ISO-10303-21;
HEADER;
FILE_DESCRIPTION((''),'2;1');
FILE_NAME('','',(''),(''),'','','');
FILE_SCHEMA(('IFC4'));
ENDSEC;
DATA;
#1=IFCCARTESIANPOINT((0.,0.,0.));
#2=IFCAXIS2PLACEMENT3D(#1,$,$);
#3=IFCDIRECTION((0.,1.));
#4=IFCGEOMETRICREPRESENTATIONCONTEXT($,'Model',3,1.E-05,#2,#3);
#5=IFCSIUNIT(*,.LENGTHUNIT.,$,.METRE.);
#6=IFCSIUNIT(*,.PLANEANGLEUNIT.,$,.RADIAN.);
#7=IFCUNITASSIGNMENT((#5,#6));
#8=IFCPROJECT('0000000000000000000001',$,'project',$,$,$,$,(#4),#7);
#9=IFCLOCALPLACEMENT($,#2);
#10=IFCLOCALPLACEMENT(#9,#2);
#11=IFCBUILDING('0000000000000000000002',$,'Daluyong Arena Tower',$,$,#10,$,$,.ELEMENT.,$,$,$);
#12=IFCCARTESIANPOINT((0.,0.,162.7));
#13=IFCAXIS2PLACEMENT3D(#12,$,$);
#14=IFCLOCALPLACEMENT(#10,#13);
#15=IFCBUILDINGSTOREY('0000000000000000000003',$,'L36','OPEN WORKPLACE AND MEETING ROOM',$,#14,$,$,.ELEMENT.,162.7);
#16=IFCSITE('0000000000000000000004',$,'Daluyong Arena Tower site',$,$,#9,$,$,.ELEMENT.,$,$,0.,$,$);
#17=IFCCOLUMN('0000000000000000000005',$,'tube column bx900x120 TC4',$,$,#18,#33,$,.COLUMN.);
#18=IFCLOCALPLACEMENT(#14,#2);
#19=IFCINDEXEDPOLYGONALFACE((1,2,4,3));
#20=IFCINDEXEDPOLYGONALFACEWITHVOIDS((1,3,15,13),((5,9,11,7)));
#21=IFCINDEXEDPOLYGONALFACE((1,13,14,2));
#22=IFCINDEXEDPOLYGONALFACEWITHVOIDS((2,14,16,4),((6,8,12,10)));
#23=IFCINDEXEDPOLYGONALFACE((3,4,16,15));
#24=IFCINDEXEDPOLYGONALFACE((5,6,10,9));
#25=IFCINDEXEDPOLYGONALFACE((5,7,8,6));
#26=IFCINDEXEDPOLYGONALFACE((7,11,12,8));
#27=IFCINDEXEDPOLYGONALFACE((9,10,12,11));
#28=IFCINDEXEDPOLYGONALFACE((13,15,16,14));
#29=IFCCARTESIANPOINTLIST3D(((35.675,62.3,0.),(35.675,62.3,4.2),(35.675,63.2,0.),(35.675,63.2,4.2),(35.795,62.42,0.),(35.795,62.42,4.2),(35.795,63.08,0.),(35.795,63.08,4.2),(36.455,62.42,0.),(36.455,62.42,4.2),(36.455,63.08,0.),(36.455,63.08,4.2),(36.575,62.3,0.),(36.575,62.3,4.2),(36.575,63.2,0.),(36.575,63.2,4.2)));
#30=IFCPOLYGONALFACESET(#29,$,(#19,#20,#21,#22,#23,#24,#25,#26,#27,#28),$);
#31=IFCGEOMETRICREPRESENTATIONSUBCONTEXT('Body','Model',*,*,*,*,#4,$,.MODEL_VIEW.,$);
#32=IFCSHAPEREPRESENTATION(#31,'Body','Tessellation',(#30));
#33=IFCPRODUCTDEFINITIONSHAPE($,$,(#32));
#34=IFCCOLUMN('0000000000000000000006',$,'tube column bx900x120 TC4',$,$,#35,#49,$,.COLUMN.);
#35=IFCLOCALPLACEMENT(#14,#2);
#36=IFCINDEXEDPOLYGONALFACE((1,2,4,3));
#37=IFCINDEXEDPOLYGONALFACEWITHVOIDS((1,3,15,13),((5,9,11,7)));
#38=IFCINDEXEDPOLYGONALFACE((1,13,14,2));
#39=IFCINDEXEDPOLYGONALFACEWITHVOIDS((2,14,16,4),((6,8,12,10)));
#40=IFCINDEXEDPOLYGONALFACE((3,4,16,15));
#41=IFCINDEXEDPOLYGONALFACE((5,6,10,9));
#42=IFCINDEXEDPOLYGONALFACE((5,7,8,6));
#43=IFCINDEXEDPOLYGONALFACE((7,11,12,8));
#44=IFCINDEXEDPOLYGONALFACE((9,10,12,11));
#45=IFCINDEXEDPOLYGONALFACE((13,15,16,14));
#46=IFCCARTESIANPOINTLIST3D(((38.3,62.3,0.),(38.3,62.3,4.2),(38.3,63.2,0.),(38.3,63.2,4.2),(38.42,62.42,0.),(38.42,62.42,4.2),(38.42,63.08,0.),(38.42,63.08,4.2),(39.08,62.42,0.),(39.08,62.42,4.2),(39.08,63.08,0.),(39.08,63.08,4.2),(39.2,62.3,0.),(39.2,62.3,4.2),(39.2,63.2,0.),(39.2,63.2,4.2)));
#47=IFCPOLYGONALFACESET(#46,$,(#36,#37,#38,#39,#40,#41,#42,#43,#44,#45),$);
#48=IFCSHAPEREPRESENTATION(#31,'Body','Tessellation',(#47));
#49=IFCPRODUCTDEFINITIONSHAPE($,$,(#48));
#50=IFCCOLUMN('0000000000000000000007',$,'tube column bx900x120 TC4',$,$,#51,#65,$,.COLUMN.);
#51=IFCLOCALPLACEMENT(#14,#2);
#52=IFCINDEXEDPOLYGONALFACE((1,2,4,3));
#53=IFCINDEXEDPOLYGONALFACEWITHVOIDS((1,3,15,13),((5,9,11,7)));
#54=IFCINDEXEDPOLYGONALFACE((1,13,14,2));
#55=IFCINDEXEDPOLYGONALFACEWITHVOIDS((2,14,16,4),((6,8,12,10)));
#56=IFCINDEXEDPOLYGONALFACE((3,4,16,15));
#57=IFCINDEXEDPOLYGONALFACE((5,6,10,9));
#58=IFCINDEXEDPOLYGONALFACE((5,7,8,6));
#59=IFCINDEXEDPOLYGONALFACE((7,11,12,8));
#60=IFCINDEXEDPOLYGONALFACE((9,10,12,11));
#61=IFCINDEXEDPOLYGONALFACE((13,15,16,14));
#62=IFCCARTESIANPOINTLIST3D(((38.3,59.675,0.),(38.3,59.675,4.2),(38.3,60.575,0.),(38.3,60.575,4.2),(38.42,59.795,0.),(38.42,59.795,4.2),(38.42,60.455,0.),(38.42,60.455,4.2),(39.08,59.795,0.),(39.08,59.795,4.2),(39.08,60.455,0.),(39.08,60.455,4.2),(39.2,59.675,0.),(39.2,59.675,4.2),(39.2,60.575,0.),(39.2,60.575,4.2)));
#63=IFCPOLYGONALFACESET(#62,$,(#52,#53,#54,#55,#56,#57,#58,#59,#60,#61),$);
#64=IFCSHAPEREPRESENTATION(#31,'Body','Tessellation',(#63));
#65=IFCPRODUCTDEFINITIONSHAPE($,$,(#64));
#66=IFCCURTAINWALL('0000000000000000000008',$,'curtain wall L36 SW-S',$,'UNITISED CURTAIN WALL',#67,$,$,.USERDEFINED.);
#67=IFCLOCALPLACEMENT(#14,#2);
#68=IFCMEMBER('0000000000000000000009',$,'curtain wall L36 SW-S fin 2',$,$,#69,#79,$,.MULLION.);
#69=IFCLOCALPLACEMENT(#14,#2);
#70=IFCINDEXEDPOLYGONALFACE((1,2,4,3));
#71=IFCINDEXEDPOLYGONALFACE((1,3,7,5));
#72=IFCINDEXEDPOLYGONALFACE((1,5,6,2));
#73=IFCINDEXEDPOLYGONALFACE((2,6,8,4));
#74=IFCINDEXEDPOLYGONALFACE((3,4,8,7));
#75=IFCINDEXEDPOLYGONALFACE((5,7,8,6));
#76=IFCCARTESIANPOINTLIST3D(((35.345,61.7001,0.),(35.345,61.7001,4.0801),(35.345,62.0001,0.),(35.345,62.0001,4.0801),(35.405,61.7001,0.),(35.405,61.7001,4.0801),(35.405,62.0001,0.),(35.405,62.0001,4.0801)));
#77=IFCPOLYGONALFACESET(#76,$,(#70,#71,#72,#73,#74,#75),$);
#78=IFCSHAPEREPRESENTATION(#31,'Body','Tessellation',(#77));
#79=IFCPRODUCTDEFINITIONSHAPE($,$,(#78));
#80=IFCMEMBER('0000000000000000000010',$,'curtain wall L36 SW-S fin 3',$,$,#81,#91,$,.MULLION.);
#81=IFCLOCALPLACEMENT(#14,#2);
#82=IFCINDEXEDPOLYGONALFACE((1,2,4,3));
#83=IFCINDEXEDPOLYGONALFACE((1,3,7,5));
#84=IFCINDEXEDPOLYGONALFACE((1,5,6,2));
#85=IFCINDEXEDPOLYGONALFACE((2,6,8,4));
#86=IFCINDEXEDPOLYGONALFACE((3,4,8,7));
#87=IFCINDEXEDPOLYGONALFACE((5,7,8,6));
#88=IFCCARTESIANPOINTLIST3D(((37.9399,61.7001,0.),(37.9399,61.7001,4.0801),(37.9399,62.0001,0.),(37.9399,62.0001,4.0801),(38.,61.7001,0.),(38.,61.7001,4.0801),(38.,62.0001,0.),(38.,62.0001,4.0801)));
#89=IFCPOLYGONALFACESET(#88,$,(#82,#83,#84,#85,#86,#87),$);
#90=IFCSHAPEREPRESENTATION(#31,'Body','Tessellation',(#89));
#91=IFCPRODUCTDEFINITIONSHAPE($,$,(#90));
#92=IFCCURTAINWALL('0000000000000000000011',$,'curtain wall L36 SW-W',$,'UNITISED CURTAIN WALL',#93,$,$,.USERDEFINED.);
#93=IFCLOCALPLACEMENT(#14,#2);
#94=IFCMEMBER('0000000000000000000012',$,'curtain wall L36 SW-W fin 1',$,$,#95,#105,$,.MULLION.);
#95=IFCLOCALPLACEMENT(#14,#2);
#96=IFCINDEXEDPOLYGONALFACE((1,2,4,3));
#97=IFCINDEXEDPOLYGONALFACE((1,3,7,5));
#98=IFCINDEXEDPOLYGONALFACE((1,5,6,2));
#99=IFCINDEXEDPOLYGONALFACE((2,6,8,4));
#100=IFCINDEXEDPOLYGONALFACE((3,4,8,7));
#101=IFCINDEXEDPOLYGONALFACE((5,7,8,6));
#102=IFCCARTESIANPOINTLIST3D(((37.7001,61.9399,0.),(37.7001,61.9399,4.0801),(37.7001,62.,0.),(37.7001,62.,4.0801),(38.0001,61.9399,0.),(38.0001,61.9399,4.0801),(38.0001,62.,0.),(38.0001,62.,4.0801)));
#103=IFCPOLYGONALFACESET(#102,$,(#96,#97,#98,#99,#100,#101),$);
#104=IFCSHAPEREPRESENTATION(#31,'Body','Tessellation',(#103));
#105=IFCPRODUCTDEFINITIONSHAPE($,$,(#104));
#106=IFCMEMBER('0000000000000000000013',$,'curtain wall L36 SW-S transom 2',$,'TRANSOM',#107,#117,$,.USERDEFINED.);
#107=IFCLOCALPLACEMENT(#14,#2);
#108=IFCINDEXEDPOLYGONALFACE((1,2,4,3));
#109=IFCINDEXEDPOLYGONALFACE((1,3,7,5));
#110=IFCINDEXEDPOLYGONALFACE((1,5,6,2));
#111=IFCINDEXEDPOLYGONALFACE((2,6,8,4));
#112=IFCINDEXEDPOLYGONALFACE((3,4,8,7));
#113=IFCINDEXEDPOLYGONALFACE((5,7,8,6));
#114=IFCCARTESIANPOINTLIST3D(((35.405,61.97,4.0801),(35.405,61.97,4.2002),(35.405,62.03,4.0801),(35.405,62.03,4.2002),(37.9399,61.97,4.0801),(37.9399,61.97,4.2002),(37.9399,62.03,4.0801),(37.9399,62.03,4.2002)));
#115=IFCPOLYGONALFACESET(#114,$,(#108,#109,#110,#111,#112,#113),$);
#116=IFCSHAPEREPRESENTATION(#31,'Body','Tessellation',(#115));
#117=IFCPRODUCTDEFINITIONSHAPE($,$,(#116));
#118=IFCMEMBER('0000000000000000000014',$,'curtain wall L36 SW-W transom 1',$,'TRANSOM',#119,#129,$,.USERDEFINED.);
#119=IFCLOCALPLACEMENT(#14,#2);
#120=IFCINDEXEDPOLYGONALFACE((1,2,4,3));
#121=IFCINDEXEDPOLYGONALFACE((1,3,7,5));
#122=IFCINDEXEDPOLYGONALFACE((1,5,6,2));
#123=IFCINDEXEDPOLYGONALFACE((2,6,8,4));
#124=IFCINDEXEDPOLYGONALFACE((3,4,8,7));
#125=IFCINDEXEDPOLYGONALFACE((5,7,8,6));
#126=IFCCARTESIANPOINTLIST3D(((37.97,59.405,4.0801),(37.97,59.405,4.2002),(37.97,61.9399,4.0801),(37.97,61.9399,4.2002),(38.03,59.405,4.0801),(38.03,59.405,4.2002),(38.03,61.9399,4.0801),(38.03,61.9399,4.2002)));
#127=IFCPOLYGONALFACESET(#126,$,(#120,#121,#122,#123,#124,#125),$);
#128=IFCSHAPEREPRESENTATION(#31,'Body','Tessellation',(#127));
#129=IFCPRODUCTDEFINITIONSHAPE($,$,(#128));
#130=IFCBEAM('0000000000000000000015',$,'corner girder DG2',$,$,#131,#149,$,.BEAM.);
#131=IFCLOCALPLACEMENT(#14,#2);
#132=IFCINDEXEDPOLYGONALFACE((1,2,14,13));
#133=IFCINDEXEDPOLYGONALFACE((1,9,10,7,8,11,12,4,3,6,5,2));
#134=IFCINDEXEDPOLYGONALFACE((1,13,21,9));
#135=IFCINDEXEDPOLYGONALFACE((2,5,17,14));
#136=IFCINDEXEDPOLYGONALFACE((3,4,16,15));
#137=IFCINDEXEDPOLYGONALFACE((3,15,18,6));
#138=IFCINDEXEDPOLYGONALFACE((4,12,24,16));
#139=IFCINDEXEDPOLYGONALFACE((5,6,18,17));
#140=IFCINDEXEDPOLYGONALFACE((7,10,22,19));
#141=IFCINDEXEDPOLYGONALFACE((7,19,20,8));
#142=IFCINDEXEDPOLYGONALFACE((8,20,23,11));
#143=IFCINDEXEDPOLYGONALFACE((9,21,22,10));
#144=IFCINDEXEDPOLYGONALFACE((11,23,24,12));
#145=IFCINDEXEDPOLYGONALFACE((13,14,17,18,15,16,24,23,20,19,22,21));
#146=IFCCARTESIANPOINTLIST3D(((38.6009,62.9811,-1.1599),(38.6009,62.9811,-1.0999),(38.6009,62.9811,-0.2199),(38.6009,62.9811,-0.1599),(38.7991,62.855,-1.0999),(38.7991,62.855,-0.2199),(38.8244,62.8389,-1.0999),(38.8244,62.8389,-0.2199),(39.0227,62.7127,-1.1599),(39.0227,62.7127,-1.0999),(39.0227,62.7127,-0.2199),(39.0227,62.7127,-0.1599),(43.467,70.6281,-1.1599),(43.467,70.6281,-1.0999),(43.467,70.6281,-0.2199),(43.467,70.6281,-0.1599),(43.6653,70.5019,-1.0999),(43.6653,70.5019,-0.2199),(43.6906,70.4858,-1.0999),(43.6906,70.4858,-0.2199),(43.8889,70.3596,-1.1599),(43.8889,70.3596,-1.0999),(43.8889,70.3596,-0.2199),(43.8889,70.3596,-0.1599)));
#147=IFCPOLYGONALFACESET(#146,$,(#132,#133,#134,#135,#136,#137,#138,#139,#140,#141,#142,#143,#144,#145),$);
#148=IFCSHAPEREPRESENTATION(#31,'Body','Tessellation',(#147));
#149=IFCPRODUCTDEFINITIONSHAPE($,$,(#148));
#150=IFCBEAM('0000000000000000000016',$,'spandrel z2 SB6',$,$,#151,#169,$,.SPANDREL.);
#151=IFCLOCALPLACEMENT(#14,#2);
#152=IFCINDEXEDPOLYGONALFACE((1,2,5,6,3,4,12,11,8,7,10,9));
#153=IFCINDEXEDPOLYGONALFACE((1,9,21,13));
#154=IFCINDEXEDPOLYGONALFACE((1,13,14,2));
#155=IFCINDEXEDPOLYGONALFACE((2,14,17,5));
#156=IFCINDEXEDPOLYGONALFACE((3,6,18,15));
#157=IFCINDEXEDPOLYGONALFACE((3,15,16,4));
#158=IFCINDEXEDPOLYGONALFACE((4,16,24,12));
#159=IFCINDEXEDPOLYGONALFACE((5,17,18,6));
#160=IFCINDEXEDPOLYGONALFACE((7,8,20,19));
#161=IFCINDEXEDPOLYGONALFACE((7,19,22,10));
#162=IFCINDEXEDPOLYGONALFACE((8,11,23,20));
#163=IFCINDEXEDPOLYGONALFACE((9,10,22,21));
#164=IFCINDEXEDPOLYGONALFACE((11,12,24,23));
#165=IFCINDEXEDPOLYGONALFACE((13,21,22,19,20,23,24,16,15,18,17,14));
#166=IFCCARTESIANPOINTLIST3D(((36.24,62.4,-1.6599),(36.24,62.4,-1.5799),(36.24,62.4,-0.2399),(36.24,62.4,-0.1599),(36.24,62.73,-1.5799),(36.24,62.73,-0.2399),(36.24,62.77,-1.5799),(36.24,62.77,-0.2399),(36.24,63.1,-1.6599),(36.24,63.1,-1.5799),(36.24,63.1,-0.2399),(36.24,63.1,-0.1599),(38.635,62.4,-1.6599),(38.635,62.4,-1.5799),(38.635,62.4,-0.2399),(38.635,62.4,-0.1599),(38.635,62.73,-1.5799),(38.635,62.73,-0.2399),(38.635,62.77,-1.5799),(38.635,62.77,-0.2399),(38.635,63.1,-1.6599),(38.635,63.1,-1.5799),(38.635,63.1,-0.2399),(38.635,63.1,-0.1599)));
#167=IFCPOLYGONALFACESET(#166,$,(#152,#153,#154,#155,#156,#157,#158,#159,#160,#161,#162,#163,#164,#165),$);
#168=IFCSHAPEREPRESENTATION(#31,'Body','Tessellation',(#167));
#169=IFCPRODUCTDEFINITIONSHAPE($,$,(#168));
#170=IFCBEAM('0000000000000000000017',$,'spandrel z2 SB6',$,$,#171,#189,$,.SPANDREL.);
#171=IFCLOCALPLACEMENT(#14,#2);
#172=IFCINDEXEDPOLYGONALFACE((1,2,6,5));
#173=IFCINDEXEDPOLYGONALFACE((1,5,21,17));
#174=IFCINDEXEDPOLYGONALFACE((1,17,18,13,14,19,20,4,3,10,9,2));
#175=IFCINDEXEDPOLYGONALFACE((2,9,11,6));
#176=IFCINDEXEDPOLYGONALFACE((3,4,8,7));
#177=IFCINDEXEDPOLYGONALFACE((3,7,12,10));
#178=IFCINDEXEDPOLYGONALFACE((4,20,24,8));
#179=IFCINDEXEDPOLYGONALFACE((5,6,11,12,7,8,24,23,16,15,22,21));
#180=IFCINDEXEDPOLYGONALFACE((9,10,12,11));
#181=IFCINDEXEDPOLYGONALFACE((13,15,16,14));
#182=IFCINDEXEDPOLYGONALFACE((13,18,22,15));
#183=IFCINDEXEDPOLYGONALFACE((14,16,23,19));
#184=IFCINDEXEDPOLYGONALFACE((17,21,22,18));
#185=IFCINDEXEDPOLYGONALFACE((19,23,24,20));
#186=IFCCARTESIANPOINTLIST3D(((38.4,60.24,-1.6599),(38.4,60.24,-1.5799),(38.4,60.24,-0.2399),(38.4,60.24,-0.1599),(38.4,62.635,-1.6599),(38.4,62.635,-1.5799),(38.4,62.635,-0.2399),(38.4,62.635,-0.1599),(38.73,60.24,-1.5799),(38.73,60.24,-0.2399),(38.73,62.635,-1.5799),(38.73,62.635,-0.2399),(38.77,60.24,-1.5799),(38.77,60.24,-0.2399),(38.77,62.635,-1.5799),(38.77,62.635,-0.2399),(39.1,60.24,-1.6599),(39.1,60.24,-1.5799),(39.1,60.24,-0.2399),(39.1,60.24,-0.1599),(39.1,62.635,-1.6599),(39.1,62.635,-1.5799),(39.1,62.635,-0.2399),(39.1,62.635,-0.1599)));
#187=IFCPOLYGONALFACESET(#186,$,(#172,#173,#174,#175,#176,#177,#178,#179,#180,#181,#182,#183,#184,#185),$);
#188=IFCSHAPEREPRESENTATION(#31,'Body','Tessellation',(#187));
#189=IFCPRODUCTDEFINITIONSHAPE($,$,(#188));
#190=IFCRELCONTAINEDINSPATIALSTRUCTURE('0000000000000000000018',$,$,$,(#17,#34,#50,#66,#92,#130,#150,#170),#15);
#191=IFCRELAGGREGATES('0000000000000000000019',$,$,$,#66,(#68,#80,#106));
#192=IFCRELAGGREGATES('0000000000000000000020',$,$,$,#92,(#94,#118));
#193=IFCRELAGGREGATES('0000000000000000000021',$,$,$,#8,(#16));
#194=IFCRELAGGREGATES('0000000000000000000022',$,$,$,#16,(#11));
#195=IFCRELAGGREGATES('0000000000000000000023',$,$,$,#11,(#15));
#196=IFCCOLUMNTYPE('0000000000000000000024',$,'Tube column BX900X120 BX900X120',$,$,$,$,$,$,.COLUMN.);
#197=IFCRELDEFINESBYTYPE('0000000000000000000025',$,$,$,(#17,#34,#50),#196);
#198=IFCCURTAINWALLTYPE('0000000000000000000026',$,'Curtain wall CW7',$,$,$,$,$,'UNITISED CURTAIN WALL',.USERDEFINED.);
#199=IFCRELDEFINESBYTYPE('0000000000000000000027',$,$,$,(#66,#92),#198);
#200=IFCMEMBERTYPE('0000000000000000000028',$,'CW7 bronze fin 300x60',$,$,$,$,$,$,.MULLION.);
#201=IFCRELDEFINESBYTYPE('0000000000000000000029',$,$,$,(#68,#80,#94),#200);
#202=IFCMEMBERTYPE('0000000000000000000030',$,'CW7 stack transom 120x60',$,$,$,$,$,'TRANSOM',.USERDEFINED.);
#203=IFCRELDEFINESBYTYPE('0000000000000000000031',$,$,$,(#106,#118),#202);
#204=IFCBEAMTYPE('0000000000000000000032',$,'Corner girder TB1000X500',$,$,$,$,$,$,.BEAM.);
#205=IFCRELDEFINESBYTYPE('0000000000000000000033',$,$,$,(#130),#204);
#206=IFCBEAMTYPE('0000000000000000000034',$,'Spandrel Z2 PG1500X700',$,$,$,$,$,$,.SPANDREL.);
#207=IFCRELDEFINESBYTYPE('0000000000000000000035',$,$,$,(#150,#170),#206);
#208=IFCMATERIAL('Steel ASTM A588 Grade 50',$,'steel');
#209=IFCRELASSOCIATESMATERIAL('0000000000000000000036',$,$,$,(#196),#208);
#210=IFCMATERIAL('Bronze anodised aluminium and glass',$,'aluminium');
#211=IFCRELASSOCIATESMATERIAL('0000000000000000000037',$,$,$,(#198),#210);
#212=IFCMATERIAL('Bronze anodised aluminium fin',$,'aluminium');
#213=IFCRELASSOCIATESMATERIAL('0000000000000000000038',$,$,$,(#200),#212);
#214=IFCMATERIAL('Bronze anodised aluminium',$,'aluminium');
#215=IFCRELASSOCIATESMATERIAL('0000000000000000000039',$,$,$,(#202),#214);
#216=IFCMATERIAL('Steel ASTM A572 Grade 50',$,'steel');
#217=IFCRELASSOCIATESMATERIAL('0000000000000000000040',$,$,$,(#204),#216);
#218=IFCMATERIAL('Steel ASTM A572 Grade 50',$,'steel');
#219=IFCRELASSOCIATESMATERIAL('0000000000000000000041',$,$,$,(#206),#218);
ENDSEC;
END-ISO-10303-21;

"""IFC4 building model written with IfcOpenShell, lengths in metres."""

from ifc_helpers import new_model, si_unit, direction, frame, origin, origin_2d, place, context, subcontext, project, spatial, rectangle, hollow_rectangle, i_section, extrude, material, material_profile, profile_set, type_object, element, aggregate, save


model = new_model("IFC4")

# Units and contexts
model_context = context("Model", 3, precision=1e-05, world=origin(), true_north=direction((0.0, 1.0)))
body_context = subcontext(model_context, "Body", "Model", "MODEL_VIEW")
ifc_project = project(units=[si_unit("LENGTHUNIT", "METRE"), si_unit("PLANEANGLEUNIT", "RADIAN")], contexts=[model_context])

# Site, building, storey
site_placement = place(None, origin())
site = spatial("IfcSite", under=ifc_project, at=site_placement, Name="Daluyong Arena Tower site", CompositionType="ELEMENT", RefElevation=0.0)
building_placement = place(site_placement, origin())
building = spatial("IfcBuilding", under=site, at=building_placement, Name="Daluyong Arena Tower", CompositionType="ELEMENT")
storey_placement = place(building_placement, frame((0.0, 0.0, 162.7)))
storey = spatial("IfcBuildingStorey", under=building, at=storey_placement, Name="L36", Description="OPEN WORKPLACE AND MEETING ROOM", CompositionType="ELEMENT", Elevation=162.7)

# Columns
ifc_material_1 = material(Name="Steel ASTM A588 Grade 50", Category="steel")
ifc_material_profile_1 = material_profile(ifc_material_1, hollow_rectangle(XDim=0.8999, YDim=0.8999, WallThickness=0.12, at=origin_2d()))
ifc_profile_set_1 = profile_set([ifc_material_profile_1], Name="Steel ASTM A588 Grade 50")
column_type = type_object("IfcColumnType", Name="Tube column BX900X120 BX900X120", PredefinedType="COLUMN", material=ifc_profile_set_1)
for number, where, z_axis, x_axis, name in (
    (1, (36.125, 62.75, 0.0), (0.0, 0.0, 1.0), (1.0, 0.0, 0.0), "tube column bx900x120 TC4"),
    (2, (38.75, 62.75, 0.0), (0.0, 0.0, 1.0), (0.0, 1.0, 0.0), "tube column bx900x120 TC4"),
    (3, (38.75, 60.125, 0.0), (0.0, 0.0, 1.0), (0.0, 1.0, 0.0), "tube column bx900x120 TC4"),
):
    element("IfcColumn", number, at=place(storey_placement, frame(where, z_axis=z_axis, x_axis=x_axis)), inside=storey, type_object=column_type, Name=name, PredefinedType="COLUMN", context=body_context, shape_type="SweptSolid", body=[
        extrude(hollow_rectangle(XDim=0.8999, YDim=0.8999, WallThickness=0.12, at=origin_2d()), origin(), (0.0, 0.0, 1.0), 4.2),
    ])

# Curtain wall, members
ifc_material_2 = material(Name="Bronze anodised aluminium and glass", Category="aluminium")
curtain_wall_type = type_object("IfcCurtainWallType", Name="Curtain wall CW7", ElementType="UNITISED CURTAIN WALL", PredefinedType="USERDEFINED", material=ifc_material_2)
curtain_wall_1_placement = place(storey_placement, origin())
curtain_wall_1 = element("IfcCurtainWall", 4, at=curtain_wall_1_placement, inside=storey, type_object=curtain_wall_type, Name="curtain wall L36 SW-S", ObjectType="UNITISED CURTAIN WALL", PredefinedType="USERDEFINED")
ifc_material_3 = material(Name="Bronze anodised aluminium fin", Category="aluminium")
ifc_material_profile_2 = material_profile(ifc_material_3, rectangle(XDim=0.3, YDim=0.0601, at=origin_2d()))
ifc_profile_set_2 = profile_set([ifc_material_profile_2], Name="Bronze anodised aluminium fin")
member_type_1 = type_object("IfcMemberType", Name="CW7 bronze fin 300x60", PredefinedType="MULLION", material=ifc_profile_set_2)
member_1_placement = place(storey_placement, frame((35.375, 61.8501, 0.0), z_axis=(0.0, 0.0, 1.0), x_axis=(0.0, 1.0, 0.0)))
member_1 = element("IfcMember", 5, at=member_1_placement, type_object=member_type_1, Name="curtain wall L36 SW-S fin 2", PredefinedType="MULLION", context=body_context, shape_type="SweptSolid", body=[
    extrude(rectangle(XDim=0.3, YDim=0.0601, at=origin_2d()), origin(), (0.0, 0.0, 1.0), 4.0801),
])
member_2_placement = place(storey_placement, frame((37.97, 61.8501, 0.0), z_axis=(0.0, 0.0, 1.0), x_axis=(0.0, 1.0, 0.0)))
member_2 = element("IfcMember", 6, at=member_2_placement, type_object=member_type_1, Name="curtain wall L36 SW-S fin 3", PredefinedType="MULLION", context=body_context, shape_type="SweptSolid", body=[
    extrude(rectangle(XDim=0.3, YDim=0.0601, at=origin_2d()), origin(), (0.0, 0.0, 1.0), 4.0801),
])

# Curtain wall, member
curtain_wall_2_placement = place(storey_placement, origin())
curtain_wall_2 = element("IfcCurtainWall", 7, at=curtain_wall_2_placement, inside=storey, type_object=curtain_wall_type, Name="curtain wall L36 SW-W", ObjectType="UNITISED CURTAIN WALL", PredefinedType="USERDEFINED")
member_3_placement = place(storey_placement, frame((37.8501, 61.97, 0.0), z_axis=(0.0, 0.0, 1.0), x_axis=(1.0, 0.0, 0.0)))
member_3 = element("IfcMember", 8, at=member_3_placement, type_object=member_type_1, Name="curtain wall L36 SW-W fin 1", PredefinedType="MULLION", context=body_context, shape_type="SweptSolid", body=[
    extrude(rectangle(XDim=0.3, YDim=0.0601, at=origin_2d()), origin(), (0.0, 0.0, 1.0), 4.0801),
])

# Members
ifc_material_4 = material(Name="Bronze anodised aluminium", Category="aluminium")
ifc_material_profile_3 = material_profile(ifc_material_4, rectangle(XDim=0.0601, YDim=0.1201, at=origin_2d()))
ifc_profile_set_3 = profile_set([ifc_material_profile_3], Name="Bronze anodised aluminium")
member_type_2 = type_object("IfcMemberType", Name="CW7 stack transom 120x60", ElementType="TRANSOM", PredefinedType="USERDEFINED", material=ifc_profile_set_3)
member_4_placement = place(storey_placement, frame((35.405, 62.0, 4.1401), z_axis=(1.0, 0.0, 0.0), x_axis=(0.0, 1.0, 0.0)))
member_4 = element("IfcMember", 9, at=member_4_placement, type_object=member_type_2, Name="curtain wall L36 SW-S transom 2", ObjectType="TRANSOM", PredefinedType="USERDEFINED", context=body_context, shape_type="SweptSolid", body=[
    extrude(rectangle(XDim=0.0601, YDim=0.1201, at=origin_2d()), origin(), (0.0, 0.0, 1.0), 2.5349),
])
member_5_placement = place(storey_placement, frame((38.0, 61.9399, 4.1401), z_axis=(0.0, -1.0, 0.0), x_axis=(1.0, 0.0, 0.0)))
member_5 = element("IfcMember", 10, at=member_5_placement, type_object=member_type_2, Name="curtain wall L36 SW-W transom 1", ObjectType="TRANSOM", PredefinedType="USERDEFINED", context=body_context, shape_type="SweptSolid", body=[
    extrude(rectangle(XDim=0.0601, YDim=0.1201, at=origin_2d()), origin(), (0.0, 0.0, 1.0), 2.5349),
])

# Beams
ifc_material_5 = material(Name="Steel ASTM A572 Grade 50", Category="steel")
ifc_material_profile_4 = material_profile(ifc_material_5, i_section(OverallWidth=0.5, OverallDepth=1.0, WebThickness=0.03, FlangeThickness=0.06, at=origin_2d()))
ifc_profile_set_4 = profile_set([ifc_material_profile_4], Name="Steel ASTM A572 Grade 50")
beam_type_1 = type_object("IfcBeamType", Name="Corner girder TB1000X500", PredefinedType="BEAM", material=ifc_profile_set_4)
beam_placement = place(storey_placement, frame((38.8118, 62.8469, -0.6599), z_axis=(0.536872, 0.843664, 0.0), x_axis=(-0.843664, 0.536872, 0.0)))
element("IfcBeam", 11, at=beam_placement, inside=storey, type_object=beam_type_1, Name="corner girder DG2", PredefinedType="BEAM", context=body_context, shape_type="SweptSolid", body=[
    extrude(i_section(OverallWidth=0.5, OverallDepth=1.0, WebThickness=0.03, FlangeThickness=0.06, at=origin_2d()), origin(), (0.0, 0.0, 1.0), 9.064),
])
ifc_material_6 = material(Name="Steel ASTM A572 Grade 50", Category="steel")
ifc_material_profile_5 = material_profile(ifc_material_6, i_section(OverallWidth=0.7, OverallDepth=1.5, WebThickness=0.04, FlangeThickness=0.08, at=origin_2d()))
ifc_profile_set_5 = profile_set([ifc_material_profile_5], Name="Steel ASTM A572 Grade 50")
beam_type_2 = type_object("IfcBeamType", Name="Spandrel Z2 PG1500X700", PredefinedType="SPANDREL", material=ifc_profile_set_5)
for number, where, z_axis, x_axis, name in (
    (12, (36.24, 62.75, -0.9099), (1.0, 0.0, 0.0), (0.0, 1.0, 0.0), "spandrel z2 SB6"),
    (13, (38.75, 62.635, -0.9099), (0.0, -1.0, 0.0), (1.0, 0.0, 0.0), "spandrel z2 SB6"),
):
    element("IfcBeam", number, at=place(storey_placement, frame(where, z_axis=z_axis, x_axis=x_axis)), inside=storey, type_object=beam_type_2, Name=name, PredefinedType="SPANDREL", context=body_context, shape_type="SweptSolid", body=[
        extrude(i_section(OverallWidth=0.7, OverallDepth=1.5, WebThickness=0.04, FlangeThickness=0.08, at=origin_2d()), origin(), (0.0, 0.0, 1.0), 2.395),
    ])

aggregate(curtain_wall_1, [member_1, member_2, member_4])
aggregate(curtain_wall_2, [member_3, member_5])

save(model, "model.ifc")
